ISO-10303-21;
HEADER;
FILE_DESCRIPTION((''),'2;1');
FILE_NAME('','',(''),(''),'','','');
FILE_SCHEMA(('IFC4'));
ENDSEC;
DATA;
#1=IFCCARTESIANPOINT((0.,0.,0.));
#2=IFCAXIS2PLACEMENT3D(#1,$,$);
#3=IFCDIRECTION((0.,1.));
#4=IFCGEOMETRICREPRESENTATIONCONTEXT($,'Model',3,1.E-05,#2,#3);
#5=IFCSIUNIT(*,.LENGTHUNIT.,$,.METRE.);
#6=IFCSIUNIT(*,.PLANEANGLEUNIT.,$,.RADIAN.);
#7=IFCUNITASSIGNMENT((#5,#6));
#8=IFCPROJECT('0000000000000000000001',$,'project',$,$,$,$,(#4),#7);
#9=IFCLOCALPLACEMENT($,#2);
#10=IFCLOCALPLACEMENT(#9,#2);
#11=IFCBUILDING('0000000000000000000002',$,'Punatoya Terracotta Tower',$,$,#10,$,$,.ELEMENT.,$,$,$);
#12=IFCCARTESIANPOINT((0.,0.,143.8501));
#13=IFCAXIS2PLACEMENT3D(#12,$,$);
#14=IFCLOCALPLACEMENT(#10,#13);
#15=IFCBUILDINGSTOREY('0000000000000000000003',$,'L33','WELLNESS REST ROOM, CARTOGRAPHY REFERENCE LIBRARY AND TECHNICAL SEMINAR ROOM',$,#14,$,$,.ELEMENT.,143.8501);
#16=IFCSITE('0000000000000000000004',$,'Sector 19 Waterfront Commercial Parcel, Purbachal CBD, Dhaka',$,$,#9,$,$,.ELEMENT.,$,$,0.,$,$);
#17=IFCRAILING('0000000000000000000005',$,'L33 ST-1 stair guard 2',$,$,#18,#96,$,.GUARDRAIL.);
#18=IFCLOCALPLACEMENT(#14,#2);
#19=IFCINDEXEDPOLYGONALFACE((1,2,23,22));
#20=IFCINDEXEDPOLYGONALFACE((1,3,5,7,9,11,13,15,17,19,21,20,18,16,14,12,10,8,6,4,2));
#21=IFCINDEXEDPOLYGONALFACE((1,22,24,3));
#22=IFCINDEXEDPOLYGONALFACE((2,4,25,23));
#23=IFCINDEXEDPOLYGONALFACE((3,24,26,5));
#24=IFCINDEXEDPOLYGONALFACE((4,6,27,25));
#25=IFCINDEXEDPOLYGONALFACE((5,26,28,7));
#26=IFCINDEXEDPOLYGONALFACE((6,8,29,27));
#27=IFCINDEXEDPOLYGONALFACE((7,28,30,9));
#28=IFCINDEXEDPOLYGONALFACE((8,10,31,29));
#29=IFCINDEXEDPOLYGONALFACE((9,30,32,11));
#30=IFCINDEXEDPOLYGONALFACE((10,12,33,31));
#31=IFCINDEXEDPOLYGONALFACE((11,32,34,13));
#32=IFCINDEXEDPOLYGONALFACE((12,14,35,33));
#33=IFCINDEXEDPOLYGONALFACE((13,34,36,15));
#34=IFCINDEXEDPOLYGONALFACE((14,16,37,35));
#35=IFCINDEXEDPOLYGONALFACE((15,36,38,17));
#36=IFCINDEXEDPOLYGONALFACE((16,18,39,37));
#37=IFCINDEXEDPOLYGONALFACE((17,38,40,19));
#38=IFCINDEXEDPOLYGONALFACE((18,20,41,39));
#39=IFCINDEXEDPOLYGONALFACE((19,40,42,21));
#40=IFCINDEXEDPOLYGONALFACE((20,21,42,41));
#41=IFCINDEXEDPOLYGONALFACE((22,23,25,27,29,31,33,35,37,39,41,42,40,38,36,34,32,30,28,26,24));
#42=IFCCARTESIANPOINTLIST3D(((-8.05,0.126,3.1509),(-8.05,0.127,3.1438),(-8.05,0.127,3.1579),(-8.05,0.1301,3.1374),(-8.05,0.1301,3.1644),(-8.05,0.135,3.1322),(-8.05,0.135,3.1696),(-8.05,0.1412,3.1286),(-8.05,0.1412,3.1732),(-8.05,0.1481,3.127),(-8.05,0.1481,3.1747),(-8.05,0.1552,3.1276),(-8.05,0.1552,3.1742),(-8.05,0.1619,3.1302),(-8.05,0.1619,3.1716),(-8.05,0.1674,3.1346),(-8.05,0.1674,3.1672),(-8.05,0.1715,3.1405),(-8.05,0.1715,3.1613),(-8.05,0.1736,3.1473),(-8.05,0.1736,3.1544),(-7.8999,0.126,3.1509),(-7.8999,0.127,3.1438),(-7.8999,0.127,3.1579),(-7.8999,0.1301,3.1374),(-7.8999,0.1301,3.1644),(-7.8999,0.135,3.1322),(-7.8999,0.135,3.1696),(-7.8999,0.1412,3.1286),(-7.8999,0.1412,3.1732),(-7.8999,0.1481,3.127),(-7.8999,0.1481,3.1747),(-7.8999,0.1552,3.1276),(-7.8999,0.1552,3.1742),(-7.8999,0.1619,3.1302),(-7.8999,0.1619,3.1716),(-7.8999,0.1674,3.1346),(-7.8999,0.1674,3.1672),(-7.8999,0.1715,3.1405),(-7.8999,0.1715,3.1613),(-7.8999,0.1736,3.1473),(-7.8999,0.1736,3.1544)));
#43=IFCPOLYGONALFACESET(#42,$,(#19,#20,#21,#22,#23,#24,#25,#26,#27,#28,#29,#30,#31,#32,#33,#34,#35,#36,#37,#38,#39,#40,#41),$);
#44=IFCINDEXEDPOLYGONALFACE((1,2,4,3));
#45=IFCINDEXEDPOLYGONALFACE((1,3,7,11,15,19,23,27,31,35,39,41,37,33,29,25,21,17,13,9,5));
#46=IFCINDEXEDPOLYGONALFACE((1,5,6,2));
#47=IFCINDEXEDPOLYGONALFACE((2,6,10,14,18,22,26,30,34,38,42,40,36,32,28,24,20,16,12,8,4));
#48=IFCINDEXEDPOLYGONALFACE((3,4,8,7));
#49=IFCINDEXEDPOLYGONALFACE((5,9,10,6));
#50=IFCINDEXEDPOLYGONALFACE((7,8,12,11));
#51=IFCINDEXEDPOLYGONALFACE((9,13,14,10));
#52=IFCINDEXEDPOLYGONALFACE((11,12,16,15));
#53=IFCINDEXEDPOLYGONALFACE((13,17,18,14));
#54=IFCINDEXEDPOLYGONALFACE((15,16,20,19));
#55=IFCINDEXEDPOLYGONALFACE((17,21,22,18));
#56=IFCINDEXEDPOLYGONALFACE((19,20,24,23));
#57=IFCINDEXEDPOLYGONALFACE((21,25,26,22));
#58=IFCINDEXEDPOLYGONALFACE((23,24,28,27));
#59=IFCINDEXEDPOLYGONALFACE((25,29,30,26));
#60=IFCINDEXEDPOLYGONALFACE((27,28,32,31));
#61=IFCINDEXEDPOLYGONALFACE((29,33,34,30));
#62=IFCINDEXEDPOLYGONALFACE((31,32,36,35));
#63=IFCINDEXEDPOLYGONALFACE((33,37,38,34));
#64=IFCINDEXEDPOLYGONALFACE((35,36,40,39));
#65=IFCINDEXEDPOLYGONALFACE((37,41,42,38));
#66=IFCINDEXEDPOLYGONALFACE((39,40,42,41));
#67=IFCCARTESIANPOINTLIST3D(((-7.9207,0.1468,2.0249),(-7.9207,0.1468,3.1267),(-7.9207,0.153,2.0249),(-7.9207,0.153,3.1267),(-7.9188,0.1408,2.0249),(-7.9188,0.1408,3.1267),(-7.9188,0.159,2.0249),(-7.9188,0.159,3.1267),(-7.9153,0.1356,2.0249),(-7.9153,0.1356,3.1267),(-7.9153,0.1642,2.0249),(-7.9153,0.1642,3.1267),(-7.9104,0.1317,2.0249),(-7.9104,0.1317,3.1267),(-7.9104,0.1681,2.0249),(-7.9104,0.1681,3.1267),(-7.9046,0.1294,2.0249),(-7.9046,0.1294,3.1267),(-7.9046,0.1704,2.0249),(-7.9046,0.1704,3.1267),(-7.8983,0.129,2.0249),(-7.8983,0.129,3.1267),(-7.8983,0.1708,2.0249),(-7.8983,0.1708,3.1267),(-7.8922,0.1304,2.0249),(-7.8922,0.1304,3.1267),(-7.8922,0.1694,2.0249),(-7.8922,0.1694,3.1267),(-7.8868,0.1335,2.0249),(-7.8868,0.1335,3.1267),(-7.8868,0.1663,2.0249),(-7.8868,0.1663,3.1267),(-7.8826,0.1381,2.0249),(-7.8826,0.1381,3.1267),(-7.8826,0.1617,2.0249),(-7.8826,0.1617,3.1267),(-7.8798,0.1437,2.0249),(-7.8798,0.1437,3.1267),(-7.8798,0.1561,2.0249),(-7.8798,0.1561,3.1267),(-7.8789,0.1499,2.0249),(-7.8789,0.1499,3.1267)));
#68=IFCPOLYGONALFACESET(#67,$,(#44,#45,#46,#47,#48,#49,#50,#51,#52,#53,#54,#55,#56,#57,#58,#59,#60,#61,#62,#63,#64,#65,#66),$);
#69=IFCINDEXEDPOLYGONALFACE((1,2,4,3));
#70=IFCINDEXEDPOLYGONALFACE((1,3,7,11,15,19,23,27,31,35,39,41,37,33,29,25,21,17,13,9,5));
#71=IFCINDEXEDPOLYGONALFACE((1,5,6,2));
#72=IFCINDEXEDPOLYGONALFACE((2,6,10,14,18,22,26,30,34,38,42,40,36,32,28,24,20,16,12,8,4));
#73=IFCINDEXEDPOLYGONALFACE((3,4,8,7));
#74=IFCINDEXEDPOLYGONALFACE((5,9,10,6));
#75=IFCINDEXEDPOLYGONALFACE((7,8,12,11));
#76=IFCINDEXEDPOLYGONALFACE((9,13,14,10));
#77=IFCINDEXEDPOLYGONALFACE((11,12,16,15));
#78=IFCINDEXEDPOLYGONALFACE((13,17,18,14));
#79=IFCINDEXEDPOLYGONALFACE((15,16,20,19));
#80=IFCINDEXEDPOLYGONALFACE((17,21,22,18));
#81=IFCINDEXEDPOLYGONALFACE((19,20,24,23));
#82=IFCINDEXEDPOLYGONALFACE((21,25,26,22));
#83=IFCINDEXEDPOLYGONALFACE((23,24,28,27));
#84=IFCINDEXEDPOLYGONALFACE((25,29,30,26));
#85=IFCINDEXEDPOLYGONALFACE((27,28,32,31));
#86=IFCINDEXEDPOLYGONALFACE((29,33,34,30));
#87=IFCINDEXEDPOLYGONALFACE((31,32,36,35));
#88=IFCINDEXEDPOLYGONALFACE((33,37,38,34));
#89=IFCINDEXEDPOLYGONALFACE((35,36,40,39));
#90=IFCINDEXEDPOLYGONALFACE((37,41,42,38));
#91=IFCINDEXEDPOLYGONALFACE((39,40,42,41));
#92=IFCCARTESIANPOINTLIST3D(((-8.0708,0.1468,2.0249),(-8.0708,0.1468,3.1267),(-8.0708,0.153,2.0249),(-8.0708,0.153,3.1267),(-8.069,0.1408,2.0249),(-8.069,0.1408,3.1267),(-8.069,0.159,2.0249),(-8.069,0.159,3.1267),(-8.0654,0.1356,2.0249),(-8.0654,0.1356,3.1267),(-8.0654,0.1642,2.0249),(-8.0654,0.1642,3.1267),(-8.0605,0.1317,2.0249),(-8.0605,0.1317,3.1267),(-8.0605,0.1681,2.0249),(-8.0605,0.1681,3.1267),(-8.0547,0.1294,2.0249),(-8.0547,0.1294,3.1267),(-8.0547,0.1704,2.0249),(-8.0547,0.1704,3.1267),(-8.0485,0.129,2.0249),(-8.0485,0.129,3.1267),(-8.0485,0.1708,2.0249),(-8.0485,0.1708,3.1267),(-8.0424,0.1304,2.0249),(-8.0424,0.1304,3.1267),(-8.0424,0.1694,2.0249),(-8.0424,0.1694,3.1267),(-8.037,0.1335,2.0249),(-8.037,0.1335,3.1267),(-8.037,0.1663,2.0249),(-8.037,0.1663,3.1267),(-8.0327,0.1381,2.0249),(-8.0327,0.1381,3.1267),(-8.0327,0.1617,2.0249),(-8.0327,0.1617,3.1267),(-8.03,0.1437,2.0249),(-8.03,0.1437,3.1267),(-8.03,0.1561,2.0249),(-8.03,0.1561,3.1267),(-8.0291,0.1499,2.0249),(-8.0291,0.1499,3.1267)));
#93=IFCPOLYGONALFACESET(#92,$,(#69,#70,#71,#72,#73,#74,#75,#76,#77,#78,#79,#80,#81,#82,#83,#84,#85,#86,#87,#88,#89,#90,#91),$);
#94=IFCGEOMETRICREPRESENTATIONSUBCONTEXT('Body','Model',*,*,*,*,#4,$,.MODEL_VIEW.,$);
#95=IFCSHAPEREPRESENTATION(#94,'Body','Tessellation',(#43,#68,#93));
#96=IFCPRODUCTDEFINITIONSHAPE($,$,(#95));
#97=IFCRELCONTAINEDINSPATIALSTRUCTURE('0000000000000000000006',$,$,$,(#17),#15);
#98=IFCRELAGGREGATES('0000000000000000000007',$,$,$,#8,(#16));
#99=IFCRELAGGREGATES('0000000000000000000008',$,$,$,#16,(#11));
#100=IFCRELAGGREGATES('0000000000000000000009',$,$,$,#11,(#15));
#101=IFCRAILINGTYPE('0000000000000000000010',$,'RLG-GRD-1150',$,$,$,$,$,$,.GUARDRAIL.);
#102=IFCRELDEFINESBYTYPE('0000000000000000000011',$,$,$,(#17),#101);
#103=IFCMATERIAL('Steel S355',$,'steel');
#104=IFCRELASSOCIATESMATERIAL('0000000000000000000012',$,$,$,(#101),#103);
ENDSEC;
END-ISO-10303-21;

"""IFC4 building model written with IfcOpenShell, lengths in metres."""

from ifc_helpers import new_model, si_unit, direction, frame, origin, origin_2d, place, context, subcontext, project, spatial, circle, extrude, material, type_object, element, save


model = new_model("IFC4")

# Units and contexts
model_context = context("Model", 3, precision=1e-05, world=origin(), true_north=direction((0.0, 1.0)))
body_context = subcontext(model_context, "Body", "Model", "MODEL_VIEW")
ifc_project = project(units=[si_unit("LENGTHUNIT", "METRE"), si_unit("PLANEANGLEUNIT", "RADIAN")], contexts=[model_context])

# Site, building, storey
site_placement = place(None, origin())
site = spatial("IfcSite", under=ifc_project, at=site_placement, Name="Sector 19 Waterfront Commercial Parcel, Purbachal CBD, Dhaka", CompositionType="ELEMENT", RefElevation=0.0)
building_placement = place(site_placement, origin())
building = spatial("IfcBuilding", under=site, at=building_placement, Name="Punatoya Terracotta Tower", CompositionType="ELEMENT")
storey_placement = place(building_placement, frame((0.0, 0.0, 143.8501)))
storey = spatial("IfcBuildingStorey", under=building, at=storey_placement, Name="L33", Description="WELLNESS REST ROOM, CARTOGRAPHY REFERENCE LIBRARY AND TECHNICAL SEMINAR ROOM", CompositionType="ELEMENT", Elevation=143.8501)

# Shared definitions
ifc_material_1 = material(Name="Steel S355", Category="steel")

# Railing
railing_type = type_object("IfcRailingType", Name="RLG-GRD-1150", PredefinedType="GUARDRAIL", material=ifc_material_1)
railing_1_placement = place(storey_placement, frame((-7.8999, 0.1499, 2.0249)))
element("IfcRailing", 1, at=railing_1_placement, inside=storey, type_object=railing_type, Name="L33 ST-1 stair guard 2", PredefinedType="GUARDRAIL", context=body_context, shape_type="SweptSolid", body=[
    extrude(circle(Radius=0.0239, at=origin_2d()), frame((0.0, 0.0, 1.126), z_axis=(-1.0, 0.0, 0.0), x_axis=(0.0, -1.0, 0.0)), (0.0, 0.0, 1.0), 0.1501),
    extrude(circle(Radius=0.021, at=origin_2d()), origin(), (0.0, 0.0, 1.0), 1.1018),
    extrude(circle(Radius=0.021, at=origin_2d()), frame((-0.1501, 0.0, 0.0)), (0.0, 0.0, 1.0), 1.1018),
])

save(model, "model.ifc")
